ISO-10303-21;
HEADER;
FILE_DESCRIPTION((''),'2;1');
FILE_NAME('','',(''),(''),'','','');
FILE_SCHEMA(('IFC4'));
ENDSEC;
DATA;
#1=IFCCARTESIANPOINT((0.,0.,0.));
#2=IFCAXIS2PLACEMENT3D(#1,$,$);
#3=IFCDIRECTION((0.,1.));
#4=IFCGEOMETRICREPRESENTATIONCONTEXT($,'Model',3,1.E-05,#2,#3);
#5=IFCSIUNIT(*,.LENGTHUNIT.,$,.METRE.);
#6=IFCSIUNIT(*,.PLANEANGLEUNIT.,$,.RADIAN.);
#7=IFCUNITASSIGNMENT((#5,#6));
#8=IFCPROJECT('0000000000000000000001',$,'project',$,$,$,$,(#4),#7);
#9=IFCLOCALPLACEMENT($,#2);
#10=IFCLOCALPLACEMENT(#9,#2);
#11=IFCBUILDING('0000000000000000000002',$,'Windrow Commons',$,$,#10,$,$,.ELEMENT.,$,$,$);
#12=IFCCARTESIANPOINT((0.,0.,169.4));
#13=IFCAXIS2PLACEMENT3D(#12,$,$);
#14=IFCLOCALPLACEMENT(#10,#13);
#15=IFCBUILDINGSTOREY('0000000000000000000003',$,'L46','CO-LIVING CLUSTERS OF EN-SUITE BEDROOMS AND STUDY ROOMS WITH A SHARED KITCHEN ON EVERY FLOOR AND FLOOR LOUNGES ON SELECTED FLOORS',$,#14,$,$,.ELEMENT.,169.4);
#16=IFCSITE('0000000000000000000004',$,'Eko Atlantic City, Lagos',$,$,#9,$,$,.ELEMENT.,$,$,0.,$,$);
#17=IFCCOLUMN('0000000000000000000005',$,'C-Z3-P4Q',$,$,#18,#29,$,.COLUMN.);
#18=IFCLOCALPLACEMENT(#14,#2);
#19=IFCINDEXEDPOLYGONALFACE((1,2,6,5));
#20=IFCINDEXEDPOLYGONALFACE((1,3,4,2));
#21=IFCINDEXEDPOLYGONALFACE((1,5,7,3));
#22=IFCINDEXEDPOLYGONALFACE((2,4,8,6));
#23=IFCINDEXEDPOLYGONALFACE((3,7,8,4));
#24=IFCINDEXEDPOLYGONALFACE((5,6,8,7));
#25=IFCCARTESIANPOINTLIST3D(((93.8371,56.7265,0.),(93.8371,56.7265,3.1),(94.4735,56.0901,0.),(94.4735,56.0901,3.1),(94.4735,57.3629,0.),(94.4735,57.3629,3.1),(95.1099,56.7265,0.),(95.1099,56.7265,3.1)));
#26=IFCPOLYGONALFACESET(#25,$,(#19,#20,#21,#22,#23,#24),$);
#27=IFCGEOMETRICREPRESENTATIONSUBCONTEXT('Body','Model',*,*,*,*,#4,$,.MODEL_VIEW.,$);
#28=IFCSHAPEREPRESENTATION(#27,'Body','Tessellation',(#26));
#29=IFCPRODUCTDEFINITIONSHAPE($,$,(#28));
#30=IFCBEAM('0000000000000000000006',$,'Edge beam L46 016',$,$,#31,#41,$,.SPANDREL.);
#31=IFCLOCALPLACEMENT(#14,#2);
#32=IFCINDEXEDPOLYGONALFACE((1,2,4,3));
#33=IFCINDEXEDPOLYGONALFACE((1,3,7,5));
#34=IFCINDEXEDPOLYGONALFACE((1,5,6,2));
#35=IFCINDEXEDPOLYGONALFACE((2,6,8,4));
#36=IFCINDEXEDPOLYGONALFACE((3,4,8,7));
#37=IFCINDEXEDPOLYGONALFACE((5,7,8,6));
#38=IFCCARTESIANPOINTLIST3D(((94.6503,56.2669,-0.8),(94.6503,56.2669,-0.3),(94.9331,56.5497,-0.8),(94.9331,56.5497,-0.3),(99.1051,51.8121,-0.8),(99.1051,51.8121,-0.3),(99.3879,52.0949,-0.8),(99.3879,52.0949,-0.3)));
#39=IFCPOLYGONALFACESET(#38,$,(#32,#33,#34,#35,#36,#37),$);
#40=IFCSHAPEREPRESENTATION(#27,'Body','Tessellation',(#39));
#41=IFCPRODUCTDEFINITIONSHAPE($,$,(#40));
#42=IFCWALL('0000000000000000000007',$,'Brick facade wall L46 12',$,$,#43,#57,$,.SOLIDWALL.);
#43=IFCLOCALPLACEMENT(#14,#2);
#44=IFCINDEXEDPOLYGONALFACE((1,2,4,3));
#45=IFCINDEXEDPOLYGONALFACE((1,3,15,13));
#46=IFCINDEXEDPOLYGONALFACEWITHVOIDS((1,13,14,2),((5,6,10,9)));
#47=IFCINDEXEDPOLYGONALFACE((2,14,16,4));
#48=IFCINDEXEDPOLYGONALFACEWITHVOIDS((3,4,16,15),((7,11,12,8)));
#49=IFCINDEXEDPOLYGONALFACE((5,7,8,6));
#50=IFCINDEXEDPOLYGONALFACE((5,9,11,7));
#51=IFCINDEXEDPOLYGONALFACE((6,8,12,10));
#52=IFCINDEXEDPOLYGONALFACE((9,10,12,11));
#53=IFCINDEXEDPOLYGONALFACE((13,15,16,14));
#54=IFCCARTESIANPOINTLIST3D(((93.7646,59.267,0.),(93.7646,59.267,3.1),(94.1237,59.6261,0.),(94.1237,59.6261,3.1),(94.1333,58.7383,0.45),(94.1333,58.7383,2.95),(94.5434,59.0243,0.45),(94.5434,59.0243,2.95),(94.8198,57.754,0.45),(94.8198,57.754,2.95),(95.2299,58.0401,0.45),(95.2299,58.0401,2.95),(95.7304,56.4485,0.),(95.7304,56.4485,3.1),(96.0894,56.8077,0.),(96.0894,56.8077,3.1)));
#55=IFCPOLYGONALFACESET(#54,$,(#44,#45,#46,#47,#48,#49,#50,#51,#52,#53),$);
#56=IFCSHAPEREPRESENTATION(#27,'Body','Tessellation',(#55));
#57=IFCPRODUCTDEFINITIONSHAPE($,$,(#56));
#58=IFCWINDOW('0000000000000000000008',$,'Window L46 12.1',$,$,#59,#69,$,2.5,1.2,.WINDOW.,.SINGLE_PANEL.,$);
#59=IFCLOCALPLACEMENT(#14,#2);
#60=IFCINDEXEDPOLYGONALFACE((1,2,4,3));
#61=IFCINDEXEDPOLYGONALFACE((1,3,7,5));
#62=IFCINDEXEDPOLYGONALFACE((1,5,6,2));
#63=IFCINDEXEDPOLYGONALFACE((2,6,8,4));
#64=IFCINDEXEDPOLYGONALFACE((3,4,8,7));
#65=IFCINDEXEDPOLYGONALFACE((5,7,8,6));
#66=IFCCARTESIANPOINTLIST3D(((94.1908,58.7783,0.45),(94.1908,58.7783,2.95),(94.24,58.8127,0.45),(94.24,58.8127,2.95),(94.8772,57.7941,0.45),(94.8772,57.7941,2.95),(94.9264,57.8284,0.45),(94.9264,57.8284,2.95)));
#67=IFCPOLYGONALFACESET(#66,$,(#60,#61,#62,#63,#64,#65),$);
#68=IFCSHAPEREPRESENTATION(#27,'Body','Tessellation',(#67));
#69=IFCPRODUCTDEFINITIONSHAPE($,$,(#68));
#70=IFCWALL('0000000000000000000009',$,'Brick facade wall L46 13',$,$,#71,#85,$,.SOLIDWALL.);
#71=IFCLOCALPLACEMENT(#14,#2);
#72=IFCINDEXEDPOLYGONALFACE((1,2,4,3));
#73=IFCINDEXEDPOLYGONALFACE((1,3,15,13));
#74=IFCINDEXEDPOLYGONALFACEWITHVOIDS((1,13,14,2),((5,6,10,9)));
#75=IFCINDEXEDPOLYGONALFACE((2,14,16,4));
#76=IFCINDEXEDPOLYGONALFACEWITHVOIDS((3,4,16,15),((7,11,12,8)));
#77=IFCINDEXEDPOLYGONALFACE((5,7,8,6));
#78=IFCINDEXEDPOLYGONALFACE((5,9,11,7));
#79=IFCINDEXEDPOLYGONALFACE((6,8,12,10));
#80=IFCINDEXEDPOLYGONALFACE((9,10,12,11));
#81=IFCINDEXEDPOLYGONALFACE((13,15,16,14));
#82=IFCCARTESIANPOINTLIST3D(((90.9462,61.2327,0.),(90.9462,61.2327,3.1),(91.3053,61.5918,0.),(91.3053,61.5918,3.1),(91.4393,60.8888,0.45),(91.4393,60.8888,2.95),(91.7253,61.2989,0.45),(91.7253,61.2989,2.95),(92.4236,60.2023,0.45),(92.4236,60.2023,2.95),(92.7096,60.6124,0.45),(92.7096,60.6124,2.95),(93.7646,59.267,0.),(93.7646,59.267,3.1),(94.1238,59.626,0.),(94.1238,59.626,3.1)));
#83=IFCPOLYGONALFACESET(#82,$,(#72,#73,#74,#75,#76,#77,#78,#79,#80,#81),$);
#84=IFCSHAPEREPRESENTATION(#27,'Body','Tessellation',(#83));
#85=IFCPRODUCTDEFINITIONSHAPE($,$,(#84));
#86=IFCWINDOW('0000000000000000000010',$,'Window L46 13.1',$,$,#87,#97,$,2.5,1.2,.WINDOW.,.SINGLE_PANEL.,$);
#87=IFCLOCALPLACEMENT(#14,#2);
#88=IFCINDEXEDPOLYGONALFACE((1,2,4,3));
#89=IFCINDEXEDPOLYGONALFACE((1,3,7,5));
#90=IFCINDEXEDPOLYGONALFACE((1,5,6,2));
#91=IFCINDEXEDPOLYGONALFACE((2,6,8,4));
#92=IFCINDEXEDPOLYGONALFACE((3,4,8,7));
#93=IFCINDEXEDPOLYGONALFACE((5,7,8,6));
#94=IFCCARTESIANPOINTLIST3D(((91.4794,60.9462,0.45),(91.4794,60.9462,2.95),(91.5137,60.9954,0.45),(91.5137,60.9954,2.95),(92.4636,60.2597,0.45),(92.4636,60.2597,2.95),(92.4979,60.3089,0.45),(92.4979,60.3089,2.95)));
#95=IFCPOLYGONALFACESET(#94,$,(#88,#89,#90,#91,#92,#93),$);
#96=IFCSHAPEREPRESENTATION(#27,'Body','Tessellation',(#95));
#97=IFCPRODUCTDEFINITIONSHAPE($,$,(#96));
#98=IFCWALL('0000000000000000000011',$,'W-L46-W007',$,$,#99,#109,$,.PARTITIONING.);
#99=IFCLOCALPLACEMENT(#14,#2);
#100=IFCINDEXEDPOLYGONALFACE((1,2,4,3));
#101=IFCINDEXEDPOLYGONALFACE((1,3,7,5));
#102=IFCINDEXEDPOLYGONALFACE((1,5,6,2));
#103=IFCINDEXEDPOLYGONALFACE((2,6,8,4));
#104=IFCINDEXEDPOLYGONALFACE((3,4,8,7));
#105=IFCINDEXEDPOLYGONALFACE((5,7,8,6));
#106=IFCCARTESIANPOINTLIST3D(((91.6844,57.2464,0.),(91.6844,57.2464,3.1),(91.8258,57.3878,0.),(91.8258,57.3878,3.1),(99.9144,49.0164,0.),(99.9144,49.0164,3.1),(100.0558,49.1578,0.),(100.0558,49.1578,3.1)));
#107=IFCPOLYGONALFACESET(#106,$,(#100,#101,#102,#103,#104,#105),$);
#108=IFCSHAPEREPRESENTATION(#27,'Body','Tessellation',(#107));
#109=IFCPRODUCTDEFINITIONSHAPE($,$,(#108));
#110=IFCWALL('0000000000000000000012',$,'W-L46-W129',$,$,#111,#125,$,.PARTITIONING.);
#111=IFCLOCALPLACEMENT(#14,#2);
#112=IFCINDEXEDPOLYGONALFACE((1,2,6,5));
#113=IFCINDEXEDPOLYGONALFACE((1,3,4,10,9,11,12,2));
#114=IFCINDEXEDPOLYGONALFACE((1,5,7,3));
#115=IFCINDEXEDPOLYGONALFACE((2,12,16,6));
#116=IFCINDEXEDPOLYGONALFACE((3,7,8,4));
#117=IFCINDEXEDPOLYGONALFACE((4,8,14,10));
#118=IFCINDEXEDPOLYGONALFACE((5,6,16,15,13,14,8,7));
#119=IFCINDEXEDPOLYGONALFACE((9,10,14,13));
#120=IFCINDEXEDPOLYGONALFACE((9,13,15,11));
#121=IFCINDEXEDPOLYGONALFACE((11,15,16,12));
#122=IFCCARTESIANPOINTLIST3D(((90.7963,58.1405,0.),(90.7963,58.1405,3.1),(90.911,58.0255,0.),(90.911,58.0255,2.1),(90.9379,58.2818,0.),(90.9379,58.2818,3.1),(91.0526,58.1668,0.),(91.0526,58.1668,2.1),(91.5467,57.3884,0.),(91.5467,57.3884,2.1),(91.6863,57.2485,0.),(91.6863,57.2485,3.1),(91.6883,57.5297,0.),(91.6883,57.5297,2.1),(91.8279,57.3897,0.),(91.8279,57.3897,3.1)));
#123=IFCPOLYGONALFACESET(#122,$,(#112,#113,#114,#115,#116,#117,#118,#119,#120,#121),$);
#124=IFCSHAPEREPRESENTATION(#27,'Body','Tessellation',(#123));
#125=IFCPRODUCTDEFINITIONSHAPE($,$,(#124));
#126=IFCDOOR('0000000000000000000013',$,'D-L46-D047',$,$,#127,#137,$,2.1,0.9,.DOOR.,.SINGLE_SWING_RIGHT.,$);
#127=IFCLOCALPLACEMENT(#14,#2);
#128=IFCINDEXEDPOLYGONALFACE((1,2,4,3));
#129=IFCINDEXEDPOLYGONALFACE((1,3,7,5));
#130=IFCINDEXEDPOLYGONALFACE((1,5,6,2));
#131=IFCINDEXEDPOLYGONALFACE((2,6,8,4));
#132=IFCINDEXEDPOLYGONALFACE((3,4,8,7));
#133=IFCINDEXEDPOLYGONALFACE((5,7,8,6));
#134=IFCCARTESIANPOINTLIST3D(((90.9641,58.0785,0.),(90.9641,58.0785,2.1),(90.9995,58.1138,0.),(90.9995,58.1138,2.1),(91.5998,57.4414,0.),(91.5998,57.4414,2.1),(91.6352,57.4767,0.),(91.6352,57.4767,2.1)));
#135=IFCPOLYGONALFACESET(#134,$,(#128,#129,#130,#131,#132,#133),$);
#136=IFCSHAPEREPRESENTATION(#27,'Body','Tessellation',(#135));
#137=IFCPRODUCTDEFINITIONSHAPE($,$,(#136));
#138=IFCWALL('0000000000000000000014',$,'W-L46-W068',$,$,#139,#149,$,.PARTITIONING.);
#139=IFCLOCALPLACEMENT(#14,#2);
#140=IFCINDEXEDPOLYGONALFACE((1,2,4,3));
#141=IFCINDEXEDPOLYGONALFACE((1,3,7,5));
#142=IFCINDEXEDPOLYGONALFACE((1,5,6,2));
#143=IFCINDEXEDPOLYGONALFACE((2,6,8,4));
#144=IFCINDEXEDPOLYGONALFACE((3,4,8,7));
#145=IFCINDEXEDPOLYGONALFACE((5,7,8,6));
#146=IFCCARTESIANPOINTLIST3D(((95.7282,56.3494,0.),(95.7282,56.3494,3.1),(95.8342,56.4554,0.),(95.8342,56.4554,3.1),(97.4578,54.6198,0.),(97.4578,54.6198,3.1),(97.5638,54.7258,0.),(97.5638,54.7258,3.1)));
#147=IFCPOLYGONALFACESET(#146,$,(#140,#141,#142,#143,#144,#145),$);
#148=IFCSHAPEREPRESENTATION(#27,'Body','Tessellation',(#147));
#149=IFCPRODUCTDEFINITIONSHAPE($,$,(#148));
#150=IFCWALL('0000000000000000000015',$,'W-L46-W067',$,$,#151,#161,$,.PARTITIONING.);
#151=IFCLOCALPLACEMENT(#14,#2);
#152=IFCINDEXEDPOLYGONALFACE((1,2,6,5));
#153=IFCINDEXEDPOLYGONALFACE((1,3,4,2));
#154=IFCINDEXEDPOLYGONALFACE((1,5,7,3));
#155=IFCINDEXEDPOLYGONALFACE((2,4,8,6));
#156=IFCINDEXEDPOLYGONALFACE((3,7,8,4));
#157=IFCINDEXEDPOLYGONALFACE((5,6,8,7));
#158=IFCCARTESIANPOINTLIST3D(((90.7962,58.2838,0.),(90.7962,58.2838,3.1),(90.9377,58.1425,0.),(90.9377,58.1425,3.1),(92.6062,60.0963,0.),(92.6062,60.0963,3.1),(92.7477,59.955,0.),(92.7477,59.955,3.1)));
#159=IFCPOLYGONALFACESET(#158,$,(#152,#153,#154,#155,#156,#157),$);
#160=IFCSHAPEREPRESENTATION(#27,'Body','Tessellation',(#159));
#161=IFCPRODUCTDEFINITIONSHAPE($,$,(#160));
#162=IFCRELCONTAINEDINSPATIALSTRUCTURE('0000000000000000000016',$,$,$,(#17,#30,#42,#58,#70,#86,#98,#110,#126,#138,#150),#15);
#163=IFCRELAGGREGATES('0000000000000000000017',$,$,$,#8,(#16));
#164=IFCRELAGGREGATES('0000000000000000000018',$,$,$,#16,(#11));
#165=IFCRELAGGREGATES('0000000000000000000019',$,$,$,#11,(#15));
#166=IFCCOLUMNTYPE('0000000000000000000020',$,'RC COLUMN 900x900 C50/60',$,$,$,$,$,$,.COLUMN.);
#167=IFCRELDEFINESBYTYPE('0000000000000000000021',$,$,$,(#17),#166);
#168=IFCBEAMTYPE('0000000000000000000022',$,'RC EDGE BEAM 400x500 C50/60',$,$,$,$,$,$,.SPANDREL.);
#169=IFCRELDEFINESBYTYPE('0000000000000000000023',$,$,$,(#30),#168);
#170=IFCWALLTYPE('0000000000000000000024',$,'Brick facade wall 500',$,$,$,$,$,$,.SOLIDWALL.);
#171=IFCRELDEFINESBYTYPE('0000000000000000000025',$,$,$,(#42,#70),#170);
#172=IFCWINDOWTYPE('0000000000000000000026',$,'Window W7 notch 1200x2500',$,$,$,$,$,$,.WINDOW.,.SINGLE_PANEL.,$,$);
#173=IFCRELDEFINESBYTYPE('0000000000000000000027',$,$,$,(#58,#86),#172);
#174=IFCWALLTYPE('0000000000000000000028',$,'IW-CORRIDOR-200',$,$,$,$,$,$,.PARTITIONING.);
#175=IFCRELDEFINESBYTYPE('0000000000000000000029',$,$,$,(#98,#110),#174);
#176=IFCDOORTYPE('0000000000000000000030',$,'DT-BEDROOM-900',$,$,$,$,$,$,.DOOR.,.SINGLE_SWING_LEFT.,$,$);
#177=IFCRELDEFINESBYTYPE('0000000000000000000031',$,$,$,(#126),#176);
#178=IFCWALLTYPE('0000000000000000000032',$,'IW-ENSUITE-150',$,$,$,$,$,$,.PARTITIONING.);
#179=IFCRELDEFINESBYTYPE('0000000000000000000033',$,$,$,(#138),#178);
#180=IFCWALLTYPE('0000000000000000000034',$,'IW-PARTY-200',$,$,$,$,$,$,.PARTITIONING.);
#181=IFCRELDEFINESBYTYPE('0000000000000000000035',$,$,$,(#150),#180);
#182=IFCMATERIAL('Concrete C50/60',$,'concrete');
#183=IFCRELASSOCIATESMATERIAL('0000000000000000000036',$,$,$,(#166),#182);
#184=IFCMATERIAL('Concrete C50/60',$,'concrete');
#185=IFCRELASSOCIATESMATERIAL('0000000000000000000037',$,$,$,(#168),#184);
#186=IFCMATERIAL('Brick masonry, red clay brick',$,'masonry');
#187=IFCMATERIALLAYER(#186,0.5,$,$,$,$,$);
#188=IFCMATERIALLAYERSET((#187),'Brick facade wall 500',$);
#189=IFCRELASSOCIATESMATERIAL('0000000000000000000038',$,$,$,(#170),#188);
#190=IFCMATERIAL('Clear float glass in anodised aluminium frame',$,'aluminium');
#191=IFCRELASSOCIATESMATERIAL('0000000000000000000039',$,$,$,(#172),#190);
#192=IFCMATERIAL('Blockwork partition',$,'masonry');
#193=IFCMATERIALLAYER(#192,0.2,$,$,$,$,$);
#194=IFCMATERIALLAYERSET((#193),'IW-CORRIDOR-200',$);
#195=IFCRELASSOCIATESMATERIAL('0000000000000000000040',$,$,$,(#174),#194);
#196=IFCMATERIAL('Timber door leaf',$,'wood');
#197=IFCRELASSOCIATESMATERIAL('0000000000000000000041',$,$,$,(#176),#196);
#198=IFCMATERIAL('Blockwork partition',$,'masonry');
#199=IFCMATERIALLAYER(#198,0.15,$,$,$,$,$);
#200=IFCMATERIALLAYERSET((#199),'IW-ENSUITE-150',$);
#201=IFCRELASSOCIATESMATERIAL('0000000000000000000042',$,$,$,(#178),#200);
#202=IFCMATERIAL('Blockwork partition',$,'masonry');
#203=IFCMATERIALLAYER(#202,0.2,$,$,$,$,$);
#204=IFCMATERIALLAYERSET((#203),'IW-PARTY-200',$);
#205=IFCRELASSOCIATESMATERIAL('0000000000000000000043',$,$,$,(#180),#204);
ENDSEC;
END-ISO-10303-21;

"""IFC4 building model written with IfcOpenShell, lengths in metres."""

from ifc_helpers import new_model, si_unit, direction, frame, frame_2d, origin, origin_2d, place, context, subcontext, project, spatial, polyline, rectangle, outline, extrude, material, layer, layer_set, material_profile, profile_set, type_object, element, fill, save


model = new_model("IFC4")

# Units and contexts
model_context = context("Model", 3, precision=1e-05, world=origin(), true_north=direction((0.0, 1.0)))
body_context = subcontext(model_context, "Body", "Model", "MODEL_VIEW")
ifc_project = project(units=[si_unit("LENGTHUNIT", "METRE"), si_unit("PLANEANGLEUNIT", "RADIAN")], contexts=[model_context])

# Site, building, storey
site_placement = place(None, origin())
site = spatial("IfcSite", under=ifc_project, at=site_placement, Name="Eko Atlantic City, Lagos", CompositionType="ELEMENT", RefElevation=0.0)
building_placement = place(site_placement, origin())
building = spatial("IfcBuilding", under=site, at=building_placement, Name="Windrow Commons", CompositionType="ELEMENT")
storey_placement = place(building_placement, frame((0.0, 0.0, 169.4)))
storey = spatial("IfcBuildingStorey", under=building, at=storey_placement, Name="L46", Description="CO-LIVING CLUSTERS OF EN-SUITE BEDROOMS AND STUDY ROOMS WITH A SHARED KITCHEN ON EVERY FLOOR AND FLOOR LOUNGES ON SELECTED FLOORS", CompositionType="ELEMENT", Elevation=169.4)

# Column
ifc_material_1 = material(Name="Concrete C50/60", Category="concrete")
ifc_material_profile_1 = material_profile(ifc_material_1, rectangle(XDim=0.9, YDim=0.9, at=origin_2d()))
ifc_profile_set_1 = profile_set([ifc_material_profile_1], Name="Concrete C50/60")
column_type = type_object("IfcColumnType", Name="RC COLUMN 900x900 C50/60", PredefinedType="COLUMN", material=ifc_profile_set_1)
column_placement = place(storey_placement, frame((94.4735, 56.7265, 0.0), z_axis=(0.0, 0.0, 1.0), x_axis=(0.707107, -0.707107, 0.0)))
element("IfcColumn", 1, at=column_placement, inside=storey, type_object=column_type, Name="C-Z3-P4Q", PredefinedType="COLUMN", context=body_context, shape_type="SweptSolid", body=[
    extrude(rectangle(XDim=0.9, YDim=0.9, at=origin_2d()), origin(), (0.0, 0.0, 1.0), 3.1),
])

# Beam
ifc_material_2 = material(Name="Concrete C50/60", Category="concrete")
ifc_material_profile_2 = material_profile(ifc_material_2, rectangle(XDim=0.4, YDim=0.5, at=origin_2d()))
ifc_profile_set_2 = profile_set([ifc_material_profile_2], Name="Concrete C50/60")
beam_type = type_object("IfcBeamType", Name="RC EDGE BEAM 400x500 C50/60", PredefinedType="SPANDREL", material=ifc_profile_set_2)
beam_placement = place(storey_placement, frame((94.7917, 56.4083, -0.55), z_axis=(0.707107, -0.707107, 0.0), x_axis=(0.707107, 0.707107, 0.0)))
element("IfcBeam", 2, at=beam_placement, inside=storey, type_object=beam_type, Name="Edge beam L46 016", PredefinedType="SPANDREL", context=body_context, shape_type="SweptSolid", body=[
    extrude(rectangle(XDim=0.4, YDim=0.5, at=origin_2d()), origin(), (0.0, 0.0, 1.0), 6.3),
])

# Walls, openings, windows
ifc_material_3 = material(Name="Brick masonry, red clay brick", Category="masonry")
ifc_layer_1 = layer(ifc_material_3, 0.5)
ifc_layer_set_1 = layer_set([ifc_layer_1], Name="Brick facade wall 500")
wall_type_1 = type_object("IfcWallType", Name="Brick facade wall 500", PredefinedType="SOLIDWALL", material=ifc_layer_set_1)
wall_1_placement = place(storey_placement, frame((95.9099, 56.6281, 0.0), z_axis=(0.0, 0.0, 1.0), x_axis=(-0.572059, 0.820212, 0.0)))
wall_1 = element("IfcWall", 3, at=wall_1_placement, inside=storey, type_object=wall_type_1, Name="Brick facade wall L46 12", PredefinedType="SOLIDWALL", context=body_context, shape_type="SweptSolid", body=[
    extrude(outline(polyline([(0.0446, -0.25), (3.4808, -0.25), (3.3917, 0.25), (-0.0446, 0.25), (0.0446, -0.25)])), origin(), (0.0, 0.0, 1.0), 3.1),
])
opening_1_placement = place(wall_1_placement, frame((1.5471, 0.0, 0.45)))
opening_1 = element("IfcOpeningElement", 4, at=opening_1_placement, cuts=wall_1, PredefinedType="OPENING", context=body_context, shape_type="SweptSolid", body=[
    extrude(rectangle(XDim=1.2, YDim=2.5, at=frame_2d((0.6, 1.25))), frame((0.0, 0.26, 0.0), z_axis=(0.0, -1.0, 0.0), x_axis=(1.0, 0.0, 0.0)), (0.0, 0.0, 1.0), 0.52),
])
ifc_material_4 = material(Name="Clear float glass in anodised aluminium frame", Category="aluminium")
window_type = type_object("IfcWindowType", Name="Window W7 notch 1200x2500", PartitioningType="SINGLE_PANEL", PredefinedType="WINDOW", material=ifc_material_4)
window_1_placement = place(opening_1_placement, origin())
window_1 = element("IfcWindow", 5, at=window_1_placement, inside=storey, type_object=window_type, Name="Window L46 12.1", OverallHeight=2.5, OverallWidth=1.2, PartitioningType="SINGLE_PANEL", PredefinedType="WINDOW", context=body_context, shape_type="SweptSolid", body=[
    extrude(rectangle(XDim=1.2, YDim=2.5, at=frame_2d((0.6, 1.25))), frame((0.0, 0.18, 0.0), z_axis=(0.0, -1.0, 0.0), x_axis=(1.0, 0.0, 0.0)), (0.0, 0.0, 1.0), 0.06),
])
fill(opening_1, window_1)
wall_2_placement = place(storey_placement, frame((93.9442, 59.4465, 0.0), z_axis=(0.0, 0.0, 1.0), x_axis=(-0.820208, 0.572065, 0.0)))
wall_2 = element("IfcWall", 6, at=wall_2_placement, inside=storey, type_object=wall_type_1, Name="Brick facade wall L46 13", PredefinedType="SOLIDWALL", context=body_context, shape_type="SweptSolid", body=[
    extrude(outline(polyline([(-0.0446, -0.25), (3.3917, -0.25), (3.4808, 0.25), (0.0446, 0.25), (-0.0446, -0.25)])), origin(), (0.0, 0.0, 1.0), 3.1),
])
opening_2_placement = place(wall_2_placement, frame((1.6796, 0.0, 0.45)))
opening_2 = element("IfcOpeningElement", 7, at=opening_2_placement, cuts=wall_2, PredefinedType="OPENING", context=body_context, shape_type="SweptSolid", body=[
    extrude(rectangle(XDim=1.2, YDim=2.5, at=frame_2d((0.6, 1.25))), frame((0.0, 0.26, 0.0), z_axis=(0.0, -1.0, 0.0), x_axis=(1.0, 0.0, 0.0)), (0.0, 0.0, 1.0), 0.52),
])
window_2_placement = place(opening_2_placement, origin())
window_2 = element("IfcWindow", 8, at=window_2_placement, inside=storey, type_object=window_type, Name="Window L46 13.1", OverallHeight=2.5, OverallWidth=1.2, PartitioningType="SINGLE_PANEL", PredefinedType="WINDOW", context=body_context, shape_type="SweptSolid", body=[
    extrude(rectangle(XDim=1.2, YDim=2.5, at=frame_2d((0.6, 1.25))), frame((0.0, 0.18, 0.0), z_axis=(0.0, -1.0, 0.0), x_axis=(1.0, 0.0, 0.0)), (0.0, 0.0, 1.0), 0.06),
])
fill(opening_2, window_2)

# Wall
ifc_material_5 = material(Name="Blockwork partition", Category="masonry")
ifc_layer_2 = layer(ifc_material_5, 0.2)
ifc_layer_set_2 = layer_set([ifc_layer_2], Name="IW-CORRIDOR-200")
wall_type_2 = type_object("IfcWallType", Name="IW-CORRIDOR-200", PredefinedType="PARTITIONING", material=ifc_layer_set_2)
wall_3_placement = place(storey_placement, frame((91.7551, 57.3171, 0.0), z_axis=(0.0, 0.0, 1.0), x_axis=(0.707107, -0.707107, 0.0)))
element("IfcWall", 9, at=wall_3_placement, inside=storey, type_object=wall_type_2, Name="W-L46-W007", PredefinedType="PARTITIONING", context=body_context, shape_type="SweptSolid", body=[
    extrude(rectangle(XDim=11.639, YDim=0.2, at=frame_2d((5.8195, 0.0))), origin(), (0.0, 0.0, 1.0), 3.1),
])

# Wall, opening, door
wall_4_placement = place(storey_placement, frame((90.8671, 58.2111, 0.0), z_axis=(0.0, 0.0, 1.0), x_axis=(0.706313, -0.7079, 0.0)))
wall_4 = element("IfcWall", 10, at=wall_4_placement, inside=storey, type_object=wall_type_2, Name="W-L46-W129", PredefinedType="PARTITIONING", context=body_context, shape_type="SweptSolid", body=[
    extrude(rectangle(XDim=1.2601, YDim=0.2, at=frame_2d((0.63, 0.0))), origin(), (0.0, 0.0, 1.0), 3.1),
])
opening_3_placement = place(wall_4_placement, frame((0.1624, 0.0, 0.0)))
opening_3 = element("IfcOpeningElement", 11, at=opening_3_placement, cuts=wall_4, PredefinedType="OPENING", context=body_context, shape_type="SweptSolid", body=[
    extrude(rectangle(XDim=0.9, YDim=2.1, at=frame_2d((0.45, 1.05))), frame((0.0, 0.11, 0.0), z_axis=(0.0, -1.0, 0.0), x_axis=(1.0, 0.0, 0.0)), (0.0, 0.0, 1.0), 0.22),
])
ifc_material_6 = material(Name="Timber door leaf", Category="wood")
door_type = type_object("IfcDoorType", Name="DT-BEDROOM-900", OperationType="SINGLE_SWING_LEFT", PredefinedType="DOOR", material=ifc_material_6)
door_placement = place(opening_3_placement, origin())
door = element("IfcDoor", 12, at=door_placement, inside=storey, type_object=door_type, Name="D-L46-D047", OperationType="SINGLE_SWING_RIGHT", OverallHeight=2.1, OverallWidth=0.9, PredefinedType="DOOR", context=body_context, shape_type="SweptSolid", body=[
    extrude(rectangle(XDim=0.9, YDim=2.1, at=frame_2d((0.45, 1.05))), frame((0.0, 0.025, 0.0), z_axis=(0.0, -1.0, 0.0), x_axis=(1.0, 0.0, 0.0)), (0.0, 0.0, 1.0), 0.05),
])
fill(opening_3, door)

# Walls
ifc_material_7 = material(Name="Blockwork partition", Category="masonry")
ifc_layer_3 = layer(ifc_material_7, 0.15)
ifc_layer_set_3 = layer_set([ifc_layer_3], Name="IW-ENSUITE-150")
wall_type_3 = type_object("IfcWallType", Name="IW-ENSUITE-150", PredefinedType="PARTITIONING", material=ifc_layer_set_3)
wall_5_placement = place(storey_placement, frame((95.7812, 56.4024, 0.0), z_axis=(0.0, 0.0, 1.0), x_axis=(0.707107, -0.707107, 0.0)))
element("IfcWall", 13, at=wall_5_placement, inside=storey, type_object=wall_type_3, Name="W-L46-W068", PredefinedType="PARTITIONING", context=body_context, shape_type="SweptSolid", body=[
    extrude(rectangle(XDim=2.446, YDim=0.15, at=frame_2d((1.223, 0.0))), origin(), (0.0, 0.0, 1.0), 3.1),
])
ifc_material_8 = material(Name="Blockwork partition", Category="masonry")
ifc_layer_4 = layer(ifc_material_8, 0.2)
ifc_layer_set_4 = layer_set([ifc_layer_4], Name="IW-PARTY-200")
wall_type_4 = type_object("IfcWallType", Name="IW-PARTY-200", PredefinedType="PARTITIONING", material=ifc_layer_set_4)
wall_6_placement = place(storey_placement, frame((90.8669, 58.2131, 0.0), z_axis=(0.0, 0.0, 1.0), x_axis=(0.706619, 0.707595, 0.0)))
element("IfcWall", 14, at=wall_6_placement, inside=storey, type_object=wall_type_4, Name="W-L46-W067", PredefinedType="PARTITIONING", context=body_context, shape_type="SweptSolid", body=[
    extrude(rectangle(XDim=2.5615, YDim=0.2, at=frame_2d((1.2808, 0.0))), origin(), (0.0, 0.0, 1.0), 3.1),
])

save(model, "model.ifc")
